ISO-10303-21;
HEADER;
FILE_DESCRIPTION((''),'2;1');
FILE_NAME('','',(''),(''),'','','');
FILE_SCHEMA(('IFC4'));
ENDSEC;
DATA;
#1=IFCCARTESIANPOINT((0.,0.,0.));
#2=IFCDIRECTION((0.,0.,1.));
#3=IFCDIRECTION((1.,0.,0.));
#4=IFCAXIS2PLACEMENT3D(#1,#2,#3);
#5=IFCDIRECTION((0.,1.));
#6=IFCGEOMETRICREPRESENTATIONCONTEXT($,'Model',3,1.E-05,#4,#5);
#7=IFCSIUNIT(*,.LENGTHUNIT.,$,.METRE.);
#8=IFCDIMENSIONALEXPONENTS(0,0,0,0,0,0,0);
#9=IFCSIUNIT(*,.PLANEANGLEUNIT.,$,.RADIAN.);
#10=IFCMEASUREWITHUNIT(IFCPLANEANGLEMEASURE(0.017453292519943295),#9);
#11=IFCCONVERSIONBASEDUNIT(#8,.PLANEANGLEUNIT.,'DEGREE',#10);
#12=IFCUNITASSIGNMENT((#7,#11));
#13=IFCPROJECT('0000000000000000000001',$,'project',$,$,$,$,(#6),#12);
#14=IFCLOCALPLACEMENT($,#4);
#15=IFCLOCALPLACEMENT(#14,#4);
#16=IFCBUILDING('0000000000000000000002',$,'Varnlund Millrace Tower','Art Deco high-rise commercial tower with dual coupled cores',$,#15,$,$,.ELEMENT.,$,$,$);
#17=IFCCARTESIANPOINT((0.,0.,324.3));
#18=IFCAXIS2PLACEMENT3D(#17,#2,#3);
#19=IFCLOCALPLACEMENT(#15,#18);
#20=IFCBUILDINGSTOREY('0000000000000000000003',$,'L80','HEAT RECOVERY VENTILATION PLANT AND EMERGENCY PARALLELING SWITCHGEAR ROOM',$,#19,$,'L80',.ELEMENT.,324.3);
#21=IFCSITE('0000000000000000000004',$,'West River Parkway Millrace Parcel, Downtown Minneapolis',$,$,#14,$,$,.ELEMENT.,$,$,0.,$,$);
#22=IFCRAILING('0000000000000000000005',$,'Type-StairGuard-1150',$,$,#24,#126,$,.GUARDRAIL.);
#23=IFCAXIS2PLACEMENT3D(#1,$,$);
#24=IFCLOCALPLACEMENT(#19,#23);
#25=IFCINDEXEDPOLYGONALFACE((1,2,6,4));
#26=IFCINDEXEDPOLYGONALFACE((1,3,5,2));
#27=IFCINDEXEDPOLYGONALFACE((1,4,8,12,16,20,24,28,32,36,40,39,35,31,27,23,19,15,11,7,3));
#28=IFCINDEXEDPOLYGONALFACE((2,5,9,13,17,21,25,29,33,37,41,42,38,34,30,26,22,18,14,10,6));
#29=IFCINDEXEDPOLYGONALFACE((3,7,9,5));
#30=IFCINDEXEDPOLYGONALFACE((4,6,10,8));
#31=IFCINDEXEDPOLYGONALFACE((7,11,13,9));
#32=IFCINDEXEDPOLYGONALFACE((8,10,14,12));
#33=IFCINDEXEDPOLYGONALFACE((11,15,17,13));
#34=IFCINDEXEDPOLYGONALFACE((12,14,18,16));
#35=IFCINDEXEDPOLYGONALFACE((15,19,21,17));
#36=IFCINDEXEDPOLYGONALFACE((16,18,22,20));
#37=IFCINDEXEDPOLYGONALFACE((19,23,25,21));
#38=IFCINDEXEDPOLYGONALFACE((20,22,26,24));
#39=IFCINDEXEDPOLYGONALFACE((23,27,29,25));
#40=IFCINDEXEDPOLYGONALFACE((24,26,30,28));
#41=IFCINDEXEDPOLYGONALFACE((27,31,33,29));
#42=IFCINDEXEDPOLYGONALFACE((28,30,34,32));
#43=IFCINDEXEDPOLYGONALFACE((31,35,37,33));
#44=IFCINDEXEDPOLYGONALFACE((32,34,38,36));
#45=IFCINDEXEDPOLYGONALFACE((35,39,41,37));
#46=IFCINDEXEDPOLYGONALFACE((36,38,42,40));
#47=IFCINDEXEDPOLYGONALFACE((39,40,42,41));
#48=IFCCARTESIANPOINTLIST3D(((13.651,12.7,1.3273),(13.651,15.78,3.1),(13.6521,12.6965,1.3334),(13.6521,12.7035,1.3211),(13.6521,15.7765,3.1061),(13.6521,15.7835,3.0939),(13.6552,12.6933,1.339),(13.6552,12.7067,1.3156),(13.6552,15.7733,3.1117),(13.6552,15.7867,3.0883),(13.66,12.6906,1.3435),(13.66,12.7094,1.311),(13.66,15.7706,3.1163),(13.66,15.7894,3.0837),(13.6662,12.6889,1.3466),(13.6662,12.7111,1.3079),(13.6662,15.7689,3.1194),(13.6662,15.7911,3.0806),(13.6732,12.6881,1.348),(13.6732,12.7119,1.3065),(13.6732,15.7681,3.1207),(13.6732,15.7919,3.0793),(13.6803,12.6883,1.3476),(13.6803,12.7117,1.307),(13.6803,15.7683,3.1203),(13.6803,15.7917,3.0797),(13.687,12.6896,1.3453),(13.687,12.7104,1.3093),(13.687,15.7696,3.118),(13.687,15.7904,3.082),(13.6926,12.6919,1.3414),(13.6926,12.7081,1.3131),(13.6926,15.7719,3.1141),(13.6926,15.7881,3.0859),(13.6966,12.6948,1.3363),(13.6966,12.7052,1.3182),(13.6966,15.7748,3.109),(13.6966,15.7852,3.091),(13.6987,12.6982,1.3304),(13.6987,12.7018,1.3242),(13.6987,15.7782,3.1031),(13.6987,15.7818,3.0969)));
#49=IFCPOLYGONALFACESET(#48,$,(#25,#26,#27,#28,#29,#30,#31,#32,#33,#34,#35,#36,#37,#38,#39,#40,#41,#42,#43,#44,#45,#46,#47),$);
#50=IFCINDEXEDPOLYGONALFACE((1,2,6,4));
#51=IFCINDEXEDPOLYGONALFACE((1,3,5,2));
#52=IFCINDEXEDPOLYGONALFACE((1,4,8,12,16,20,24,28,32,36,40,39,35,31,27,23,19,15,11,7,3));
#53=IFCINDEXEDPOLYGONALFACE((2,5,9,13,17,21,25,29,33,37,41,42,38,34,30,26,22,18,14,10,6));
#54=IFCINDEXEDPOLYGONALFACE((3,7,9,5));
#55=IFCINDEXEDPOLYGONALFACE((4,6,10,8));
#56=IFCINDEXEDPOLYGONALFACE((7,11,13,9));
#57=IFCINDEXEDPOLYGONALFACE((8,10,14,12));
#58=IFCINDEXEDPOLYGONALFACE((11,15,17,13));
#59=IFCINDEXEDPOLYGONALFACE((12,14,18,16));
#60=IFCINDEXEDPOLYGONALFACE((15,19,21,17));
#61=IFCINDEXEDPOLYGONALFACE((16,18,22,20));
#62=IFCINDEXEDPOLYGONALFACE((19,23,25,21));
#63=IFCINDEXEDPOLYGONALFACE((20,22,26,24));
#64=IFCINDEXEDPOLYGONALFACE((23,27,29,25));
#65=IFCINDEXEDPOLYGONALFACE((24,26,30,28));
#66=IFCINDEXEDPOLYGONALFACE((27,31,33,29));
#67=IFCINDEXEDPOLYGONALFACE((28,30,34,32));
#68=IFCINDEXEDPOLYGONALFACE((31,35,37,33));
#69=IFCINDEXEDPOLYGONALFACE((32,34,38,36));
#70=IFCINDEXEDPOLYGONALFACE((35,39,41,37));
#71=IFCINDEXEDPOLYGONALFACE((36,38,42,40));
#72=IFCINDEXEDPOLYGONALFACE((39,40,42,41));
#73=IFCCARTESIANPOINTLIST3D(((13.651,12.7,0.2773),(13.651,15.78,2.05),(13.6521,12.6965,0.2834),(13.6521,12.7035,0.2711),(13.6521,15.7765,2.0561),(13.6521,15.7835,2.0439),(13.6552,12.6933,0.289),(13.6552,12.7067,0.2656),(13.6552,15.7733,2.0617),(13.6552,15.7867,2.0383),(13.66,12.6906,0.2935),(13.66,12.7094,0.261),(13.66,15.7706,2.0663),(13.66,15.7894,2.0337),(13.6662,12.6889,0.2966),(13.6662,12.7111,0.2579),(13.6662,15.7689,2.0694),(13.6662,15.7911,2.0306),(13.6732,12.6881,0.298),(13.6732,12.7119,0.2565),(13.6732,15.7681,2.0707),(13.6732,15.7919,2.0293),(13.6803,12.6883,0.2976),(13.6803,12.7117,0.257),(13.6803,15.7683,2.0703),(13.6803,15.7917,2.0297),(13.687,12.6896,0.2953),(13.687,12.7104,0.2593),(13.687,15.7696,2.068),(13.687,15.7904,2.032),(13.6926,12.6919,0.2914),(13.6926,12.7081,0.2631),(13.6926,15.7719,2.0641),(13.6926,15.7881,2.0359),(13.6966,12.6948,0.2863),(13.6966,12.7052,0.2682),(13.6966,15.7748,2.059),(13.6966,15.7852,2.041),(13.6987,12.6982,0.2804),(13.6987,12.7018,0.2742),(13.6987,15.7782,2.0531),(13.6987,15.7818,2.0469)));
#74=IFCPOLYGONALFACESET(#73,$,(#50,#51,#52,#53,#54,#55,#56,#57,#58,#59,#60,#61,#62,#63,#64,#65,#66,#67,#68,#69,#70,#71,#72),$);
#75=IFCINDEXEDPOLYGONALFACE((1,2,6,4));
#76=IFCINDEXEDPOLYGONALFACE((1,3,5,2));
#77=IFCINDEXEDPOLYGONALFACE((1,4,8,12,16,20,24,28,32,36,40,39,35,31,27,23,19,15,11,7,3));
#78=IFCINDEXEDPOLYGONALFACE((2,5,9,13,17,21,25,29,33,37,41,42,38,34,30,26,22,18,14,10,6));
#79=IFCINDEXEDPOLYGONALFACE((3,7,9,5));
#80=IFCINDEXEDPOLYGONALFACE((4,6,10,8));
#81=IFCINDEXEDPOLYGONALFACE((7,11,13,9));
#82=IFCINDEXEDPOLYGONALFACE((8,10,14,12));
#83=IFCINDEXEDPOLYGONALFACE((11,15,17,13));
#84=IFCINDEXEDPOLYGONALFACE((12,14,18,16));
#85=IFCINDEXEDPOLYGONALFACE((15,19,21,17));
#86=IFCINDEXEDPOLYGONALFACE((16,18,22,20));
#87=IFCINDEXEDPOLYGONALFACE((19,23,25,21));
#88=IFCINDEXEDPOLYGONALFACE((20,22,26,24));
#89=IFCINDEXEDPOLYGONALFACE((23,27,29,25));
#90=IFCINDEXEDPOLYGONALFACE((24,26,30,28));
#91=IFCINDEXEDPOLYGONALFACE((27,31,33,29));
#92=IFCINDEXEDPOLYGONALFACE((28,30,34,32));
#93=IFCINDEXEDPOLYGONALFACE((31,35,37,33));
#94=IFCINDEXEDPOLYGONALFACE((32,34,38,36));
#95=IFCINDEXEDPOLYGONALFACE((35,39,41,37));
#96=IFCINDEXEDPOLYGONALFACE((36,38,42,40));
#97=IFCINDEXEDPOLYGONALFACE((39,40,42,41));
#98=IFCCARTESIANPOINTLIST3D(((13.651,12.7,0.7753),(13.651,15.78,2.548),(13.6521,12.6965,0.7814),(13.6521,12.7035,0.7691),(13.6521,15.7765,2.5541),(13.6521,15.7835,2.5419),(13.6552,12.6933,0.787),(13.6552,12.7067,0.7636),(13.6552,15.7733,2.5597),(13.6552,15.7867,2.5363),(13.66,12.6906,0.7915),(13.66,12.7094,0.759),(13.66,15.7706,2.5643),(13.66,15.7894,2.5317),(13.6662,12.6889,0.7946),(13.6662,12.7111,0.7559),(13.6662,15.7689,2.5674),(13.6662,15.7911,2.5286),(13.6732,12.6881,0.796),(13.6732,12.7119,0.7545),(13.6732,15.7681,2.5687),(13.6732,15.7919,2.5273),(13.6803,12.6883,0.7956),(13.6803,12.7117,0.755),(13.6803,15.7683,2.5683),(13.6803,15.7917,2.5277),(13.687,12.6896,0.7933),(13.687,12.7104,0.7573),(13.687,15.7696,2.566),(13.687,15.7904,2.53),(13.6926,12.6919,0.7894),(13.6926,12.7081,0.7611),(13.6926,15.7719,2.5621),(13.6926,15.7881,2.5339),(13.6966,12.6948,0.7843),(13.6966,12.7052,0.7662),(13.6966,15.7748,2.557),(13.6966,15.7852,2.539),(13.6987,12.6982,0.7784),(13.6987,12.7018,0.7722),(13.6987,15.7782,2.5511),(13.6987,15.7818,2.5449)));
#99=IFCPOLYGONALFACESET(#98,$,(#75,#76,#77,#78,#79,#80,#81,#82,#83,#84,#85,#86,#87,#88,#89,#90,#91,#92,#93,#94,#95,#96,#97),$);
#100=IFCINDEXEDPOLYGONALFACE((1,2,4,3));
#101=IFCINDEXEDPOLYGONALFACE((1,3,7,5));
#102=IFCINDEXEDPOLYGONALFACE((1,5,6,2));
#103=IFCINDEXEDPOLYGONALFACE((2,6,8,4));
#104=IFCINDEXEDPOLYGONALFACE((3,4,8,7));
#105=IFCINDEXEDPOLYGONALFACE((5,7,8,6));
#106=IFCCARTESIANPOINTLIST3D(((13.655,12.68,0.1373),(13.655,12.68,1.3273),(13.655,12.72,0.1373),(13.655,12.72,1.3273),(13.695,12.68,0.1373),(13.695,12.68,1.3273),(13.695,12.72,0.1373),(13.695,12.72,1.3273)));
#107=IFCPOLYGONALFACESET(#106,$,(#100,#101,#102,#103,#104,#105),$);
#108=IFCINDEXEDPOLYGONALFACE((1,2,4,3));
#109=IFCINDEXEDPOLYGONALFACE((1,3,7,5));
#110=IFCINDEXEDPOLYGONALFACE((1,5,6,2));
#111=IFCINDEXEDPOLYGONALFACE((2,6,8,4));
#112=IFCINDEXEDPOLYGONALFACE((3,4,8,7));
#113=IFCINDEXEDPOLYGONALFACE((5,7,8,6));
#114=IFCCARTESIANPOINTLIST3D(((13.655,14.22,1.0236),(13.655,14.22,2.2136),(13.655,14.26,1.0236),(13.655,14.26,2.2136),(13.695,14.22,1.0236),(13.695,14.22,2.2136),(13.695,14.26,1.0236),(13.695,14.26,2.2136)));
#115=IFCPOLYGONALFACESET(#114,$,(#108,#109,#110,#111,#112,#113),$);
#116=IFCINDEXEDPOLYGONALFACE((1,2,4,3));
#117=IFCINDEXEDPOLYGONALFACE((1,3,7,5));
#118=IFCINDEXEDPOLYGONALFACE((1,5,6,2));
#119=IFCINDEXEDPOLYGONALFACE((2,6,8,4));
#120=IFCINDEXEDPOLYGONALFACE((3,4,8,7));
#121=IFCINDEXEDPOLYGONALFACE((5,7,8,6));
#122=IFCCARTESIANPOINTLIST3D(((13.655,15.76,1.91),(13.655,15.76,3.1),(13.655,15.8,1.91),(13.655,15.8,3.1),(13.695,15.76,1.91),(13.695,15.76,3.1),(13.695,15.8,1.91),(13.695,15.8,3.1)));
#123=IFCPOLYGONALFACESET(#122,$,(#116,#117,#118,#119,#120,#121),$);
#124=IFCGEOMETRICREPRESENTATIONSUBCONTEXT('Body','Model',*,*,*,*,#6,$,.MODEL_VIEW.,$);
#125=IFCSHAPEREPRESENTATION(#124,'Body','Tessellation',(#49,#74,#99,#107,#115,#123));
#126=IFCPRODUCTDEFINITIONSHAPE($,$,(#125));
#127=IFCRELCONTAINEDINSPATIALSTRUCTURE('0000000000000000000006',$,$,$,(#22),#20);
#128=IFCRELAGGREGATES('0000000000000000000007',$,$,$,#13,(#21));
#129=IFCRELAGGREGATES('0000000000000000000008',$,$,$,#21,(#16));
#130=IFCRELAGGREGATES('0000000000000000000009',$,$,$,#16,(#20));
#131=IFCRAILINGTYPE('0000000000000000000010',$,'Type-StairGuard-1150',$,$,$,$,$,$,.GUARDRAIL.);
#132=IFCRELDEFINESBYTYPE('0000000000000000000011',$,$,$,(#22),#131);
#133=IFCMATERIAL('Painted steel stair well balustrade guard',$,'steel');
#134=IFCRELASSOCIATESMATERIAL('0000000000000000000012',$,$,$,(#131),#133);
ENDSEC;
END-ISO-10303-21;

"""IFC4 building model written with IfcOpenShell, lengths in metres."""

from ifc_helpers import new_model, entity, si_unit, converted_unit, direction, frame, origin_with_axes, origin_2d_with_axis, place, context, subcontext, project, spatial, rectangle, circle, extrude, material, type_object, element, save


model = new_model("IFC4")

# Units and contexts
model_context = context("Model", 3, precision=1e-05, world=origin_with_axes(), true_north=direction((0.0, 1.0)))
body_context = subcontext(model_context, "Body", "Model", "MODEL_VIEW")
ifc_project = project(units=[si_unit("LENGTHUNIT", "METRE"), converted_unit("PLANEANGLEUNIT", "DEGREE", entity("IfcPlaneAngleMeasure", 0.017453292519943295), si_unit("PLANEANGLEUNIT", "RADIAN"), dimensions=[0, 0, 0, 0, 0, 0, 0])], contexts=[model_context])

# Site, building, storey
site_placement = place(None, origin_with_axes())
site = spatial("IfcSite", under=ifc_project, at=site_placement, Name="West River Parkway Millrace Parcel, Downtown Minneapolis", CompositionType="ELEMENT", RefElevation=0.0)
building_placement = place(site_placement, origin_with_axes())
building = spatial("IfcBuilding", under=site, at=building_placement, Name="Varnlund Millrace Tower", Description="Art Deco high-rise commercial tower with dual coupled cores", CompositionType="ELEMENT")
storey_placement = place(building_placement, frame((0.0, 0.0, 324.3), z_axis=(0.0, 0.0, 1.0), x_axis=(1.0, 0.0, 0.0)))
storey = spatial("IfcBuildingStorey", under=building, at=storey_placement, Name="L80", Description="HEAT RECOVERY VENTILATION PLANT AND EMERGENCY PARALLELING SWITCHGEAR ROOM", LongName="L80", CompositionType="ELEMENT", Elevation=324.3)

# Railing
ifc_material_1 = material(Name="Painted steel stair well balustrade guard", Category="steel")
railing_type_1 = type_object("IfcRailingType", Name="Type-StairGuard-1150", PredefinedType="GUARDRAIL", material=ifc_material_1)
railing_1_placement = place(storey_placement, frame((0.0, 0.0, -324.3), z_axis=(0.0, 0.0, 1.0), x_axis=(1.0, 0.0, 0.0)))
element("IfcRailing", 1, at=railing_1_placement, inside=storey, type_object=railing_type_1, Name="Type-StairGuard-1150", PredefinedType="GUARDRAIL", context=body_context, shape_type="SweptSolid", body=[
    extrude(circle(Radius=0.024, at=origin_2d_with_axis()), frame((13.675, 12.7, 325.6273), z_axis=(0.0, 0.866696, 0.498836), x_axis=(-1.0, 0.0, 0.0)), (0.0, 0.0, 1.0), 3.5537),
    extrude(circle(Radius=0.024, at=origin_2d_with_axis()), frame((13.675, 12.7, 324.5773), z_axis=(0.0, 0.866696, 0.498836), x_axis=(-1.0, 0.0, 0.0)), (0.0, 0.0, 1.0), 3.5537),
    extrude(circle(Radius=0.024, at=origin_2d_with_axis()), frame((13.675, 12.7, 325.0753), z_axis=(0.0, 0.866696, 0.498836), x_axis=(-1.0, 0.0, 0.0)), (0.0, 0.0, 1.0), 3.5537),
    extrude(rectangle(XDim=0.04, YDim=0.04, at=origin_2d_with_axis()), frame((13.675, 12.7, 324.4373), z_axis=(0.0, 0.0, 1.0), x_axis=(1.0, 0.0, 0.0)), (0.0, 0.0, 1.0), 1.19),
    extrude(rectangle(XDim=0.04, YDim=0.04, at=origin_2d_with_axis()), frame((13.675, 14.24, 325.3236), z_axis=(0.0, 0.0, 1.0), x_axis=(1.0, 0.0, 0.0)), (0.0, 0.0, 1.0), 1.19),
    extrude(rectangle(XDim=0.04, YDim=0.04, at=origin_2d_with_axis()), frame((13.675, 15.78, 326.21), z_axis=(0.0, 0.0, 1.0), x_axis=(1.0, 0.0, 0.0)), (0.0, 0.0, 1.0), 1.19),
])

save(model, "model.ifc")
